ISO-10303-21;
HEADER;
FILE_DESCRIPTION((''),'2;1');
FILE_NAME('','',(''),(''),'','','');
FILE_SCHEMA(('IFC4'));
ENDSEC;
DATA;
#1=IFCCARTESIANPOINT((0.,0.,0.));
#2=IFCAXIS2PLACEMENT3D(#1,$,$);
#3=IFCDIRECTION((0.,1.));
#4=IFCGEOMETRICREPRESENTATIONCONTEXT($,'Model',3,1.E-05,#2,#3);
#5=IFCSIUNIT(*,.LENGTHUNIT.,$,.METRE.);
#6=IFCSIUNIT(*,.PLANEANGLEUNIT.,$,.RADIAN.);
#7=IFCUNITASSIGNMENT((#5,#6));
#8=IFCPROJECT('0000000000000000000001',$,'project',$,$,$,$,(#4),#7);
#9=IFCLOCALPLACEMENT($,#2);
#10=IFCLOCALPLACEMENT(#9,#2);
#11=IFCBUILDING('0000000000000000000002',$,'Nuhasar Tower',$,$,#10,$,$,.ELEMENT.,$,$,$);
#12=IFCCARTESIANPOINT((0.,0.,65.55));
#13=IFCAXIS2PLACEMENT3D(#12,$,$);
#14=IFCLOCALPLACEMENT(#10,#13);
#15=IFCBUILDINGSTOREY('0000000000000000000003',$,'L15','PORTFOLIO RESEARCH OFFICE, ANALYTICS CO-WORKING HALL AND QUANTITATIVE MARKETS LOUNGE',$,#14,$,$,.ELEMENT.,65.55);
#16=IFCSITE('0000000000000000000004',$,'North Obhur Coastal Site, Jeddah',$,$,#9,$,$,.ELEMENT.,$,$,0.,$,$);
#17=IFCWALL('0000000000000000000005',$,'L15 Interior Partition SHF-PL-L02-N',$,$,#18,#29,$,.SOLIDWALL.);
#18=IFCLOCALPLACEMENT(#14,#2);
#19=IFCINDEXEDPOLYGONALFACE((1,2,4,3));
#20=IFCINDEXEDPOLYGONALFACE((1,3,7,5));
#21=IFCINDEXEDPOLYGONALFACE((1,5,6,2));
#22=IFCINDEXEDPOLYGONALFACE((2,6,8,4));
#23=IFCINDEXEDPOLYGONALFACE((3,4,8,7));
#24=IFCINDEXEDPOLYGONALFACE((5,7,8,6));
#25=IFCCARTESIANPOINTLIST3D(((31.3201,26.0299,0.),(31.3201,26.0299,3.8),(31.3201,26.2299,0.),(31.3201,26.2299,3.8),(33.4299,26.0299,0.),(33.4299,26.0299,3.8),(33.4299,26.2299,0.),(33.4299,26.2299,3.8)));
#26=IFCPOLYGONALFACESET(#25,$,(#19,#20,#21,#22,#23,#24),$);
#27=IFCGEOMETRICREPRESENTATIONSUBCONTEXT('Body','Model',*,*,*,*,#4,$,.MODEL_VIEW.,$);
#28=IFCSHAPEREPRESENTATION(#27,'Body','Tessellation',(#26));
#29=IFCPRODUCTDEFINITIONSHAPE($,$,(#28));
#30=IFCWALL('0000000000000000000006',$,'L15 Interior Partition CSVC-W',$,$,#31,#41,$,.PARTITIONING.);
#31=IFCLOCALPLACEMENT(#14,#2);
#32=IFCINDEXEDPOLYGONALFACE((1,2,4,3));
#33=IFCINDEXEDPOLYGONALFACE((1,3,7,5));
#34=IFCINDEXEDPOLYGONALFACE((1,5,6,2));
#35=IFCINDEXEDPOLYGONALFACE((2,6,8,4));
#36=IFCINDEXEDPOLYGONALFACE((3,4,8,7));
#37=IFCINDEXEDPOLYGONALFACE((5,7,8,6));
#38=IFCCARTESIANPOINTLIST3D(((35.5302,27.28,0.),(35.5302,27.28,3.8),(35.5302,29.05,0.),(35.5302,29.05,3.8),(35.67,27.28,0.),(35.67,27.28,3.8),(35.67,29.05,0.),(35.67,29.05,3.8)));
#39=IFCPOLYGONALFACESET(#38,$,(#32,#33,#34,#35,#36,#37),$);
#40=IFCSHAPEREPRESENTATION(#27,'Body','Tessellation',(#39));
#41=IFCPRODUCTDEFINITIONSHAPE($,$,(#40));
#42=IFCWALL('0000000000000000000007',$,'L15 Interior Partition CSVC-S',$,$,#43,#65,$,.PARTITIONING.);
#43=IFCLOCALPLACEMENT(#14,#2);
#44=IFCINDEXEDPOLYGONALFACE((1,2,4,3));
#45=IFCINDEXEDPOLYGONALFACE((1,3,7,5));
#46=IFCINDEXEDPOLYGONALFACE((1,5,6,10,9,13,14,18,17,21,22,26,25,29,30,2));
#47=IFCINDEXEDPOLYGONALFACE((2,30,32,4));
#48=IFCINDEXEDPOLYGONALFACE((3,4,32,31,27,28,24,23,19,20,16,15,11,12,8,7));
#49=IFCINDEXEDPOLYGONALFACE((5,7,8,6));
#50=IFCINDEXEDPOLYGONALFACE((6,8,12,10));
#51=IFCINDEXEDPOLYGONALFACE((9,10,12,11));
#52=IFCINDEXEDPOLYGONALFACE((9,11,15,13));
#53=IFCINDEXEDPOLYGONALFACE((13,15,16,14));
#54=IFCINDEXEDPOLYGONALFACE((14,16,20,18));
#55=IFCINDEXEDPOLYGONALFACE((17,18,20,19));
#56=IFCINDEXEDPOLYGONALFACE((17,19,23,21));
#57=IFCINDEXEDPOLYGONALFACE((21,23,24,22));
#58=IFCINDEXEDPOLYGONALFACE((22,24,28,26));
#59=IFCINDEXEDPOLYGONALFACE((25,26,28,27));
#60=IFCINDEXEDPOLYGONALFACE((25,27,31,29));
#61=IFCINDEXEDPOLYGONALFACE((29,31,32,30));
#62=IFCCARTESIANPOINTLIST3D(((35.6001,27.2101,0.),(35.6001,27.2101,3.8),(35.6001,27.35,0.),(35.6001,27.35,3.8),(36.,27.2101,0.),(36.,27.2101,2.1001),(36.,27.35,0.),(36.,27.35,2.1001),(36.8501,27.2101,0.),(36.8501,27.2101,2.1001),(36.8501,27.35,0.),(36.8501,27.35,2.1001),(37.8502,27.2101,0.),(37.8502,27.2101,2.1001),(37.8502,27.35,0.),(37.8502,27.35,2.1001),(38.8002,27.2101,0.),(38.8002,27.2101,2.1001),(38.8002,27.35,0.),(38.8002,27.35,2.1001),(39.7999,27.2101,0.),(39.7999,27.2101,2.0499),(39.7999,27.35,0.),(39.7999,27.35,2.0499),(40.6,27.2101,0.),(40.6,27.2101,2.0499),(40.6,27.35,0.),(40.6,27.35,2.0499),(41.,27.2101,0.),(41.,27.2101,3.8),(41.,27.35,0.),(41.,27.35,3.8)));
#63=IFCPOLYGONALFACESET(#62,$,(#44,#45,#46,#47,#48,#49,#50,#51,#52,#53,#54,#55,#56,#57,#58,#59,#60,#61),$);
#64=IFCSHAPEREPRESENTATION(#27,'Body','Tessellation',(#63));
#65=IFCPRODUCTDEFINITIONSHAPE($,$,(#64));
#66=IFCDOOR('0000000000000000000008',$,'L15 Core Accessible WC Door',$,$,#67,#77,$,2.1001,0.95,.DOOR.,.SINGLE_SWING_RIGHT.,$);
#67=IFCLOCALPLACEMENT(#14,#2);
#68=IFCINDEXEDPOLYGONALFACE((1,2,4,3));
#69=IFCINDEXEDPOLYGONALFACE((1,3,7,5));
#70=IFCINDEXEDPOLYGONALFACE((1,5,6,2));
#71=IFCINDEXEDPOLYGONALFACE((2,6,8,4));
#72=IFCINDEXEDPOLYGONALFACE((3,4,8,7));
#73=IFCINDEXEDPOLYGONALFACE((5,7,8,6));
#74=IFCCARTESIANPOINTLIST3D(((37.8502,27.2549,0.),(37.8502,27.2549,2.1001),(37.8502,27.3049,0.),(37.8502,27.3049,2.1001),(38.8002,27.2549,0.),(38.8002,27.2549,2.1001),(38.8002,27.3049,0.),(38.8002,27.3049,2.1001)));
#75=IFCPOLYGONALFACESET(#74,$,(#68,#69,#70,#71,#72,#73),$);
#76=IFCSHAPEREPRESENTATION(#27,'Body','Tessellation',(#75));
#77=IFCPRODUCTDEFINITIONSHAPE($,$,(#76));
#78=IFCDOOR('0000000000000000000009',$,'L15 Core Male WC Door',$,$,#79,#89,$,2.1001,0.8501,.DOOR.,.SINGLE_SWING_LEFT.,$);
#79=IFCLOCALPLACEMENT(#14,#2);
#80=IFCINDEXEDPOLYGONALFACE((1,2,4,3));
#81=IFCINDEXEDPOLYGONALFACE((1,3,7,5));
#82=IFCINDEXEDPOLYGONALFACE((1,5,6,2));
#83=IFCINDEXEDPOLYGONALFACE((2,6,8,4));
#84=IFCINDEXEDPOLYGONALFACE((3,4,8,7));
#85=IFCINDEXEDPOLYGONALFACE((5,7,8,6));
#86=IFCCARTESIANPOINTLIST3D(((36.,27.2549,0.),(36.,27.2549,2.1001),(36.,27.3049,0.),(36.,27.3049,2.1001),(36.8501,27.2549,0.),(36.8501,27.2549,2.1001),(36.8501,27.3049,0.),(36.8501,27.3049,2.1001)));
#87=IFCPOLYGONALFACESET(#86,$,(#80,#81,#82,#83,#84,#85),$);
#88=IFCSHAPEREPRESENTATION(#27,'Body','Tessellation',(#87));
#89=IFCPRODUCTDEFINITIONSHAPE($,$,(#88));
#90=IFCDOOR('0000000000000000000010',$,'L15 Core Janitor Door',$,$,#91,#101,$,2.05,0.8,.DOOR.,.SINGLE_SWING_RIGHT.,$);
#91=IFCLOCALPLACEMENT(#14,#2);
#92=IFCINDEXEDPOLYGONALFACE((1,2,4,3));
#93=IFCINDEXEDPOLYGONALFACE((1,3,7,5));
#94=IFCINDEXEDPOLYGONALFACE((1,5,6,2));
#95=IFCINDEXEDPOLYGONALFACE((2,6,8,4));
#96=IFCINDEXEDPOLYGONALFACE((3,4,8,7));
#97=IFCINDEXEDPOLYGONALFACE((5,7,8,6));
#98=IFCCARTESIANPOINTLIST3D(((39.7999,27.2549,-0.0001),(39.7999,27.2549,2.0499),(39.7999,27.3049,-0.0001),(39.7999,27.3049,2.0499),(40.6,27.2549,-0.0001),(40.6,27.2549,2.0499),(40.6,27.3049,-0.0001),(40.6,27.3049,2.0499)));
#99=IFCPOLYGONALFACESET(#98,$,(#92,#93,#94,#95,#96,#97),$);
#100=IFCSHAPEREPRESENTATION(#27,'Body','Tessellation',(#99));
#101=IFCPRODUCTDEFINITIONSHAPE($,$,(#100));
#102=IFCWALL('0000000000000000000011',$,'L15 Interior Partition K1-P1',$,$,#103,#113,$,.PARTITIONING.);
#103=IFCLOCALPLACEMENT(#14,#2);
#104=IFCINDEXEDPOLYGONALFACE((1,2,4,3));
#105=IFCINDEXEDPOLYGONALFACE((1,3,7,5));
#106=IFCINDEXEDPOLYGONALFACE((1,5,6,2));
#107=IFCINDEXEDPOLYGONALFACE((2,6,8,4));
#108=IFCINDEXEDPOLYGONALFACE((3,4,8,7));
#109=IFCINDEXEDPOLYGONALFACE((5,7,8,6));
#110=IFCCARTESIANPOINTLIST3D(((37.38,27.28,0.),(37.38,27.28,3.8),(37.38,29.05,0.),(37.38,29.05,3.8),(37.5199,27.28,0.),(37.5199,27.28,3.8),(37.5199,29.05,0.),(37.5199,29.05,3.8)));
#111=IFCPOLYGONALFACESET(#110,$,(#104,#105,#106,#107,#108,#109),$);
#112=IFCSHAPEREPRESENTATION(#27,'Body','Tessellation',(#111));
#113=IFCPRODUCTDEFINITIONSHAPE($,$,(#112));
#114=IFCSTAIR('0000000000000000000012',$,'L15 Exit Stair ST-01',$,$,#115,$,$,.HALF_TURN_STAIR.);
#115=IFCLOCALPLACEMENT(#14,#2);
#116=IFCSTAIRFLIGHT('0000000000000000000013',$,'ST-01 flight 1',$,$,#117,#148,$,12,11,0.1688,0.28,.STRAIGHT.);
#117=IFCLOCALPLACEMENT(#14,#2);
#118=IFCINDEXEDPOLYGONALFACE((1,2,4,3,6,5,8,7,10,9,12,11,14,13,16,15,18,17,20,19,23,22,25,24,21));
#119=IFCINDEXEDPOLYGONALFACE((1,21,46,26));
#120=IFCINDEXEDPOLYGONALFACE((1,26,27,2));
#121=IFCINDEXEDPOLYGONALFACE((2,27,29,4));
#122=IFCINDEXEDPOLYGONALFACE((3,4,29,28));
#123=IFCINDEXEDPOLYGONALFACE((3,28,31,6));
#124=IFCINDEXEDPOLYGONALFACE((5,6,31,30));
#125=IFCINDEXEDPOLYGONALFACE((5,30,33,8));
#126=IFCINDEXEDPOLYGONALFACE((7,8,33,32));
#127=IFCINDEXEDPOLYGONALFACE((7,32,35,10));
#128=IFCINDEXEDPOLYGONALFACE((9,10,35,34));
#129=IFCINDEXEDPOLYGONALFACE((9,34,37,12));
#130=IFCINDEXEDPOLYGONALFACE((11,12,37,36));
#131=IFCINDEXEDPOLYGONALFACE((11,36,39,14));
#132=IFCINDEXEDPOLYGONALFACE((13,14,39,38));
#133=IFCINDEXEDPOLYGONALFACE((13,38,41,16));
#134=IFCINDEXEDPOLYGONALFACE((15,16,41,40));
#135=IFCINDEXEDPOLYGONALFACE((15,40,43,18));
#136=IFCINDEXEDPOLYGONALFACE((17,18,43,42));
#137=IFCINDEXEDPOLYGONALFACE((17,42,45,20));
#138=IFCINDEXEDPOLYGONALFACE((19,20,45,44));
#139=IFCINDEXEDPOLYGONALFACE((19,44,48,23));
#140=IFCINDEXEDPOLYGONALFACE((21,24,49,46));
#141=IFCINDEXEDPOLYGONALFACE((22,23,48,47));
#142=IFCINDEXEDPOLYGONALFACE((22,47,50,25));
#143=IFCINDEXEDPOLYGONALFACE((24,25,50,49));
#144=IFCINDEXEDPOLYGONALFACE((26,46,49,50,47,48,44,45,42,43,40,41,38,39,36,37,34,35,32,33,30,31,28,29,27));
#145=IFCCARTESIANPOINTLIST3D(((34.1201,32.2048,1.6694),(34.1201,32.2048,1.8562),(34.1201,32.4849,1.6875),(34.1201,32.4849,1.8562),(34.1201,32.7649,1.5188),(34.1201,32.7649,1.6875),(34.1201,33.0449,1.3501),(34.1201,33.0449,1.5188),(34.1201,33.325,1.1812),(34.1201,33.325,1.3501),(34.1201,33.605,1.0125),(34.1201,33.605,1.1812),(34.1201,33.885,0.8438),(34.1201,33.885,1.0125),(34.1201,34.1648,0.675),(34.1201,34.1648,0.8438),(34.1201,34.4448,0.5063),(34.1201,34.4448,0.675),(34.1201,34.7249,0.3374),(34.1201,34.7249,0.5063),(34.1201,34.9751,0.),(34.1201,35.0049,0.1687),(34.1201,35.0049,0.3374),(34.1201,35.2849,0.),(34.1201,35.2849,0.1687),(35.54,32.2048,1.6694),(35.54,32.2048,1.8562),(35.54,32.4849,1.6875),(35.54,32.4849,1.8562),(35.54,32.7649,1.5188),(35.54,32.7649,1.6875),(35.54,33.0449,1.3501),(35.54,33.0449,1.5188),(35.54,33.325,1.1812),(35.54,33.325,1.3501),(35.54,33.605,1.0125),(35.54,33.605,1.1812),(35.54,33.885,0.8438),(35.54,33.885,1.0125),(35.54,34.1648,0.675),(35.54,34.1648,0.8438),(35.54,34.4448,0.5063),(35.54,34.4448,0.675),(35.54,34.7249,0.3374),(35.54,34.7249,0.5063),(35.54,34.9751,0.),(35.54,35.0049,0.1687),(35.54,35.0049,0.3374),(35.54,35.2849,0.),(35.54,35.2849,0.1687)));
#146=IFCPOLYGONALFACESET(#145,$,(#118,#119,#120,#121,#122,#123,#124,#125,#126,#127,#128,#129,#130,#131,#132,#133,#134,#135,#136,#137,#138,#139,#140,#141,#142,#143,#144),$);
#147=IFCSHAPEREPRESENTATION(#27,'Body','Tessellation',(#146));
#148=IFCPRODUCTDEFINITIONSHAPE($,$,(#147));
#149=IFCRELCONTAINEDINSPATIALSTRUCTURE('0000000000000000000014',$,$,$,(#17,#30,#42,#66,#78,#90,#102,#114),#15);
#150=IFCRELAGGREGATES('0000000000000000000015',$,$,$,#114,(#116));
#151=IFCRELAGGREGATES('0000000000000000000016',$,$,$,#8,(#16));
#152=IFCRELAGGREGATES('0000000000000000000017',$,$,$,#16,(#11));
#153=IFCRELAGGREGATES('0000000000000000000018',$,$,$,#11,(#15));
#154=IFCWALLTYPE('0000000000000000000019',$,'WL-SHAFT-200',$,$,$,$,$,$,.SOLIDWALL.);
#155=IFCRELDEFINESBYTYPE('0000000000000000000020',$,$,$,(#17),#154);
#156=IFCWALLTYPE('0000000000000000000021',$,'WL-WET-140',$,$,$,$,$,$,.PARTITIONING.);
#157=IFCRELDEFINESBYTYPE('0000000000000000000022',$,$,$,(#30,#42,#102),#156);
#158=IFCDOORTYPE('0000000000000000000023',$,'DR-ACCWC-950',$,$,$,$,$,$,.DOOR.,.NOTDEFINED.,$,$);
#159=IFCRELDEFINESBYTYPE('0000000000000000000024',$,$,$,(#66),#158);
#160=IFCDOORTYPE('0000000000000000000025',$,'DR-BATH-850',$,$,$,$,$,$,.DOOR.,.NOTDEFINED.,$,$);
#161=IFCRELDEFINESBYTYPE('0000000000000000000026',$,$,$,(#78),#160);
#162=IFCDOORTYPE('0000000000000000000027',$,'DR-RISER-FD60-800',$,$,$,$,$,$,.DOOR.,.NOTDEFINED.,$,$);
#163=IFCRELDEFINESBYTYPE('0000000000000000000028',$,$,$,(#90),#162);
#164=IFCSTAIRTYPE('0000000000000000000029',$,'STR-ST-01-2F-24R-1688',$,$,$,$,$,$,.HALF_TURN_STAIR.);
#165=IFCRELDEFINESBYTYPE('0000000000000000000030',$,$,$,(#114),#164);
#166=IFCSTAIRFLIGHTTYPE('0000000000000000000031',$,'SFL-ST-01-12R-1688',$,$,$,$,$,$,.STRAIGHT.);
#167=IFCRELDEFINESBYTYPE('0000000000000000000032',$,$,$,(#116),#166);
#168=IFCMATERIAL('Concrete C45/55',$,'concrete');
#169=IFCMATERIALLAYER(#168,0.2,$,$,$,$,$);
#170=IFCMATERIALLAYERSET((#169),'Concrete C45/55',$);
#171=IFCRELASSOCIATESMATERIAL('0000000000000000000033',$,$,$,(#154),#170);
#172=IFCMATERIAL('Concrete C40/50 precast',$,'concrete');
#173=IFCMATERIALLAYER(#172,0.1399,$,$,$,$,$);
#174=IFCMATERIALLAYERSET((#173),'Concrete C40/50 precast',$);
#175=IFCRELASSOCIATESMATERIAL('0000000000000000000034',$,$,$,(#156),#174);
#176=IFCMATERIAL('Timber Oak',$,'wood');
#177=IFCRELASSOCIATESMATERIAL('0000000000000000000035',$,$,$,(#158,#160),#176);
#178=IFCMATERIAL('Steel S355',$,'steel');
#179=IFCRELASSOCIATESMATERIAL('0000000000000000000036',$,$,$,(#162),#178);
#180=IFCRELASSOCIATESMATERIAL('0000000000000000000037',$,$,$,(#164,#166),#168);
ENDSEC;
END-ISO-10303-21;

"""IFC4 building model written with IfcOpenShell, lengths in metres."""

from ifc_helpers import new_model, si_unit, direction, frame, frame_2d, origin, place, context, subcontext, project, spatial, polyline, rectangle, outline, extrude, material, layer, layer_set, type_object, element, fill, aggregate, save


model = new_model("IFC4")

# Units and contexts
model_context = context("Model", 3, precision=1e-05, world=origin(), true_north=direction((0.0, 1.0)))
body_context = subcontext(model_context, "Body", "Model", "MODEL_VIEW")
ifc_project = project(units=[si_unit("LENGTHUNIT", "METRE"), si_unit("PLANEANGLEUNIT", "RADIAN")], contexts=[model_context])

# Site, building, storey
site_placement = place(None, origin())
site = spatial("IfcSite", under=ifc_project, at=site_placement, Name="North Obhur Coastal Site, Jeddah", CompositionType="ELEMENT", RefElevation=0.0)
building_placement = place(site_placement, origin())
building = spatial("IfcBuilding", under=site, at=building_placement, Name="Nuhasar Tower", CompositionType="ELEMENT")
storey_placement = place(building_placement, frame((0.0, 0.0, 65.55)))
storey = spatial("IfcBuildingStorey", under=building, at=storey_placement, Name="L15", Description="PORTFOLIO RESEARCH OFFICE, ANALYTICS CO-WORKING HALL AND QUANTITATIVE MARKETS LOUNGE", CompositionType="ELEMENT", Elevation=65.55)

# Shared definitions
ifc_material_1 = material(Name="Steel S355", Category="steel")

# Walls
ifc_material_2 = material(Name="Concrete C45/55", Category="concrete")
ifc_layer_1 = layer(ifc_material_2, 0.2)
ifc_layer_set_1 = layer_set([ifc_layer_1], Name="Concrete C45/55")
wall_type_1 = type_object("IfcWallType", Name="WL-SHAFT-200", PredefinedType="SOLIDWALL", material=ifc_layer_set_1)
wall_1_placement = place(storey_placement, frame((31.3201, 26.1299, 0.0), z_axis=(0.0, 0.0, 1.0), x_axis=(1.0, 0.0, 0.0)))
element("IfcWall", 1, at=wall_1_placement, inside=storey, type_object=wall_type_1, Name="L15 Interior Partition SHF-PL-L02-N", PredefinedType="SOLIDWALL", context=body_context, shape_type="SweptSolid", body=[
    extrude(rectangle(XDim=2.1099, YDim=0.2, at=frame_2d((1.0549, 0.0))), origin(), (0.0, 0.0, 1.0), 3.8),
])
ifc_material_3 = material(Name="Concrete C40/50 precast", Category="concrete")
ifc_layer_2 = layer(ifc_material_3, 0.1399)
ifc_layer_set_2 = layer_set([ifc_layer_2], Name="Concrete C40/50 precast")
wall_type_2 = type_object("IfcWallType", Name="WL-WET-140", PredefinedType="PARTITIONING", material=ifc_layer_set_2)
wall_2_placement = place(storey_placement, frame((35.6001, 27.28, 0.0), z_axis=(0.0, 0.0, 1.0), x_axis=(0.0, 1.0, 0.0)))
element("IfcWall", 2, at=wall_2_placement, inside=storey, type_object=wall_type_2, Name="L15 Interior Partition CSVC-W", PredefinedType="PARTITIONING", context=body_context, shape_type="SweptSolid", body=[
    extrude(rectangle(XDim=1.77, YDim=0.1399, at=frame_2d((0.885, 0.0))), origin(), (0.0, 0.0, 1.0), 3.8),
])

# Wall, openings, doors
wall_3_placement = place(storey_placement, frame((35.6001, 27.28, 0.0), z_axis=(0.0, 0.0, 1.0), x_axis=(1.0, 0.0, 0.0)))
wall_3 = element("IfcWall", 3, at=wall_3_placement, inside=storey, type_object=wall_type_2, Name="L15 Interior Partition CSVC-S", PredefinedType="PARTITIONING", context=body_context, shape_type="SweptSolid", body=[
    extrude(rectangle(XDim=5.3999, YDim=0.1399, at=frame_2d((2.7, 0.0))), origin(), (0.0, 0.0, 1.0), 3.8),
])
opening_1_placement = place(wall_3_placement, frame((0.3999, 0.0, 0.0)))
opening_1 = element("IfcOpeningElement", 4, at=opening_1_placement, cuts=wall_3, PredefinedType="OPENING", context=body_context, shape_type="SweptSolid", body=[
    extrude(rectangle(XDim=0.8501, YDim=2.1001, at=frame_2d((0.425, 1.05))), frame((0.0, 0.0801, 0.0), z_axis=(0.0, -1.0, 0.0), x_axis=(1.0, 0.0, 0.0)), (0.0, 0.0, 1.0), 0.1599),
])
opening_2_placement = place(wall_3_placement, frame((2.25, 0.0, 0.0)))
opening_2 = element("IfcOpeningElement", 5, at=opening_2_placement, cuts=wall_3, PredefinedType="OPENING", context=body_context, shape_type="SweptSolid", body=[
    extrude(rectangle(XDim=0.95, YDim=2.1001, at=frame_2d((0.4751, 1.05))), frame((0.0, 0.0801, 0.0), z_axis=(0.0, -1.0, 0.0), x_axis=(1.0, 0.0, 0.0)), (0.0, 0.0, 1.0), 0.1599),
])
opening_3_placement = place(wall_3_placement, frame((4.2, 0.0, 0.0)))
opening_3 = element("IfcOpeningElement", 6, at=opening_3_placement, cuts=wall_3, PredefinedType="OPENING", context=body_context, shape_type="SweptSolid", body=[
    extrude(rectangle(XDim=0.8, YDim=2.05, at=frame_2d((0.3999, 1.0249))), frame((0.0, 0.0801, 0.0), z_axis=(0.0, -1.0, 0.0), x_axis=(1.0, 0.0, 0.0)), (0.0, 0.0, 1.0), 0.1599),
])
ifc_material_4 = material(Name="Timber Oak", Category="wood")
door_type_1 = type_object("IfcDoorType", Name="DR-ACCWC-950", OperationType="NOTDEFINED", PredefinedType="DOOR", material=ifc_material_4)
door_1_placement = place(opening_2_placement, origin())
door_1 = element("IfcDoor", 7, at=door_1_placement, inside=storey, type_object=door_type_1, Name="L15 Core Accessible WC Door", OperationType="SINGLE_SWING_RIGHT", OverallHeight=2.1001, OverallWidth=0.95, PredefinedType="DOOR", context=body_context, shape_type="SweptSolid", body=[
    extrude(rectangle(XDim=0.95, YDim=2.1001, at=frame_2d((0.4751, 1.05))), frame((0.0, 0.0249, 0.0), z_axis=(0.0, -1.0, 0.0), x_axis=(1.0, 0.0, 0.0)), (0.0, 0.0, 1.0), 0.05),
])
fill(opening_2, door_1)
door_type_2 = type_object("IfcDoorType", Name="DR-BATH-850", OperationType="NOTDEFINED", PredefinedType="DOOR", material=ifc_material_4)
door_2_placement = place(opening_1_placement, origin())
door_2 = element("IfcDoor", 8, at=door_2_placement, inside=storey, type_object=door_type_2, Name="L15 Core Male WC Door", OperationType="SINGLE_SWING_LEFT", OverallHeight=2.1001, OverallWidth=0.8501, PredefinedType="DOOR", context=body_context, shape_type="SweptSolid", body=[
    extrude(rectangle(XDim=0.8501, YDim=2.1001, at=frame_2d((0.425, 1.05))), frame((0.0, 0.0249, 0.0), z_axis=(0.0, -1.0, 0.0), x_axis=(1.0, 0.0, 0.0)), (0.0, 0.0, 1.0), 0.05),
])
fill(opening_1, door_2)
door_type_3 = type_object("IfcDoorType", Name="DR-RISER-FD60-800", OperationType="NOTDEFINED", PredefinedType="DOOR", material=ifc_material_1)
door_3_placement = place(opening_3_placement, origin())
door_3 = element("IfcDoor", 9, at=door_3_placement, inside=storey, type_object=door_type_3, Name="L15 Core Janitor Door", OperationType="SINGLE_SWING_RIGHT", OverallHeight=2.05, OverallWidth=0.8, PredefinedType="DOOR", context=body_context, shape_type="SweptSolid", body=[
    extrude(rectangle(XDim=0.8, YDim=2.05, at=frame_2d((0.3999, 1.0249))), frame((0.0, 0.0249, 0.0), z_axis=(0.0, -1.0, 0.0), x_axis=(1.0, 0.0, 0.0)), (0.0, 0.0, 1.0), 0.05),
])
fill(opening_3, door_3)

# Wall
wall_4_placement = place(storey_placement, frame((37.45, 27.28, 0.0), z_axis=(0.0, 0.0, 1.0), x_axis=(0.0, 1.0, 0.0)))
element("IfcWall", 10, at=wall_4_placement, inside=storey, type_object=wall_type_2, Name="L15 Interior Partition K1-P1", PredefinedType="PARTITIONING", context=body_context, shape_type="SweptSolid", body=[
    extrude(rectangle(XDim=1.77, YDim=0.1399, at=frame_2d((0.885, 0.0))), origin(), (0.0, 0.0, 1.0), 3.8),
])

# Stair, stair flight
stair_type_1 = type_object("IfcStairType", Name="STR-ST-01-2F-24R-1688", PredefinedType="HALF_TURN_STAIR", material=ifc_material_2)
stair_1_placement = place(storey_placement, origin())
stair_1 = element("IfcStair", 11, at=stair_1_placement, inside=storey, type_object=stair_type_1, Name="L15 Exit Stair ST-01", PredefinedType="HALF_TURN_STAIR")
stair_flight_type_1 = type_object("IfcStairFlightType", Name="SFL-ST-01-12R-1688", PredefinedType="STRAIGHT", material=ifc_material_2)
stair_flight_1_placement = place(storey_placement, frame((34.8301, 35.2849, 0.0), z_axis=(0.0, 0.0, 1.0), x_axis=(0.0, -1.0, 0.0)))
stair_flight_1 = element("IfcStairFlight", 12, at=stair_flight_1_placement, type_object=stair_flight_type_1, Name="ST-01 flight 1", NumberOfRisers=12, NumberOfTreads=11, PredefinedType="STRAIGHT", RiserHeight=0.1688, TreadLength=0.28, context=body_context, shape_type="SweptSolid", body=[
    extrude(outline(polyline([(0.0, 0.0), (0.0, 0.1687), (0.28, 0.1687), (0.28, 0.3374), (0.5601, 0.3374), (0.5601, 0.5063), (0.8401, 0.5063), (0.8401, 0.675), (1.1201, 0.675), (1.1201, 0.8438), (1.3999, 0.8438), (1.3999, 1.0125), (1.6799, 1.0125), (1.6799, 1.1812), (1.96, 1.1812), (1.96, 1.3501), (2.24, 1.3501), (2.24, 1.5188), (2.52, 1.5188), (2.52, 1.6875), (2.8, 1.6875), (2.8, 1.8562), (3.0801, 1.8562), (3.0801, 2.0249), (3.0801, 1.6694), (0.3098, 0.0), (0.0, 0.0)])), frame((0.0, 0.71, 0.0), z_axis=(0.0, -1.0, 0.0), x_axis=(1.0, 0.0, 0.0)), (0.0, 0.0, 1.0), 1.4199),
])
aggregate(stair_1, [stair_flight_1])

save(model, "model.ifc")
